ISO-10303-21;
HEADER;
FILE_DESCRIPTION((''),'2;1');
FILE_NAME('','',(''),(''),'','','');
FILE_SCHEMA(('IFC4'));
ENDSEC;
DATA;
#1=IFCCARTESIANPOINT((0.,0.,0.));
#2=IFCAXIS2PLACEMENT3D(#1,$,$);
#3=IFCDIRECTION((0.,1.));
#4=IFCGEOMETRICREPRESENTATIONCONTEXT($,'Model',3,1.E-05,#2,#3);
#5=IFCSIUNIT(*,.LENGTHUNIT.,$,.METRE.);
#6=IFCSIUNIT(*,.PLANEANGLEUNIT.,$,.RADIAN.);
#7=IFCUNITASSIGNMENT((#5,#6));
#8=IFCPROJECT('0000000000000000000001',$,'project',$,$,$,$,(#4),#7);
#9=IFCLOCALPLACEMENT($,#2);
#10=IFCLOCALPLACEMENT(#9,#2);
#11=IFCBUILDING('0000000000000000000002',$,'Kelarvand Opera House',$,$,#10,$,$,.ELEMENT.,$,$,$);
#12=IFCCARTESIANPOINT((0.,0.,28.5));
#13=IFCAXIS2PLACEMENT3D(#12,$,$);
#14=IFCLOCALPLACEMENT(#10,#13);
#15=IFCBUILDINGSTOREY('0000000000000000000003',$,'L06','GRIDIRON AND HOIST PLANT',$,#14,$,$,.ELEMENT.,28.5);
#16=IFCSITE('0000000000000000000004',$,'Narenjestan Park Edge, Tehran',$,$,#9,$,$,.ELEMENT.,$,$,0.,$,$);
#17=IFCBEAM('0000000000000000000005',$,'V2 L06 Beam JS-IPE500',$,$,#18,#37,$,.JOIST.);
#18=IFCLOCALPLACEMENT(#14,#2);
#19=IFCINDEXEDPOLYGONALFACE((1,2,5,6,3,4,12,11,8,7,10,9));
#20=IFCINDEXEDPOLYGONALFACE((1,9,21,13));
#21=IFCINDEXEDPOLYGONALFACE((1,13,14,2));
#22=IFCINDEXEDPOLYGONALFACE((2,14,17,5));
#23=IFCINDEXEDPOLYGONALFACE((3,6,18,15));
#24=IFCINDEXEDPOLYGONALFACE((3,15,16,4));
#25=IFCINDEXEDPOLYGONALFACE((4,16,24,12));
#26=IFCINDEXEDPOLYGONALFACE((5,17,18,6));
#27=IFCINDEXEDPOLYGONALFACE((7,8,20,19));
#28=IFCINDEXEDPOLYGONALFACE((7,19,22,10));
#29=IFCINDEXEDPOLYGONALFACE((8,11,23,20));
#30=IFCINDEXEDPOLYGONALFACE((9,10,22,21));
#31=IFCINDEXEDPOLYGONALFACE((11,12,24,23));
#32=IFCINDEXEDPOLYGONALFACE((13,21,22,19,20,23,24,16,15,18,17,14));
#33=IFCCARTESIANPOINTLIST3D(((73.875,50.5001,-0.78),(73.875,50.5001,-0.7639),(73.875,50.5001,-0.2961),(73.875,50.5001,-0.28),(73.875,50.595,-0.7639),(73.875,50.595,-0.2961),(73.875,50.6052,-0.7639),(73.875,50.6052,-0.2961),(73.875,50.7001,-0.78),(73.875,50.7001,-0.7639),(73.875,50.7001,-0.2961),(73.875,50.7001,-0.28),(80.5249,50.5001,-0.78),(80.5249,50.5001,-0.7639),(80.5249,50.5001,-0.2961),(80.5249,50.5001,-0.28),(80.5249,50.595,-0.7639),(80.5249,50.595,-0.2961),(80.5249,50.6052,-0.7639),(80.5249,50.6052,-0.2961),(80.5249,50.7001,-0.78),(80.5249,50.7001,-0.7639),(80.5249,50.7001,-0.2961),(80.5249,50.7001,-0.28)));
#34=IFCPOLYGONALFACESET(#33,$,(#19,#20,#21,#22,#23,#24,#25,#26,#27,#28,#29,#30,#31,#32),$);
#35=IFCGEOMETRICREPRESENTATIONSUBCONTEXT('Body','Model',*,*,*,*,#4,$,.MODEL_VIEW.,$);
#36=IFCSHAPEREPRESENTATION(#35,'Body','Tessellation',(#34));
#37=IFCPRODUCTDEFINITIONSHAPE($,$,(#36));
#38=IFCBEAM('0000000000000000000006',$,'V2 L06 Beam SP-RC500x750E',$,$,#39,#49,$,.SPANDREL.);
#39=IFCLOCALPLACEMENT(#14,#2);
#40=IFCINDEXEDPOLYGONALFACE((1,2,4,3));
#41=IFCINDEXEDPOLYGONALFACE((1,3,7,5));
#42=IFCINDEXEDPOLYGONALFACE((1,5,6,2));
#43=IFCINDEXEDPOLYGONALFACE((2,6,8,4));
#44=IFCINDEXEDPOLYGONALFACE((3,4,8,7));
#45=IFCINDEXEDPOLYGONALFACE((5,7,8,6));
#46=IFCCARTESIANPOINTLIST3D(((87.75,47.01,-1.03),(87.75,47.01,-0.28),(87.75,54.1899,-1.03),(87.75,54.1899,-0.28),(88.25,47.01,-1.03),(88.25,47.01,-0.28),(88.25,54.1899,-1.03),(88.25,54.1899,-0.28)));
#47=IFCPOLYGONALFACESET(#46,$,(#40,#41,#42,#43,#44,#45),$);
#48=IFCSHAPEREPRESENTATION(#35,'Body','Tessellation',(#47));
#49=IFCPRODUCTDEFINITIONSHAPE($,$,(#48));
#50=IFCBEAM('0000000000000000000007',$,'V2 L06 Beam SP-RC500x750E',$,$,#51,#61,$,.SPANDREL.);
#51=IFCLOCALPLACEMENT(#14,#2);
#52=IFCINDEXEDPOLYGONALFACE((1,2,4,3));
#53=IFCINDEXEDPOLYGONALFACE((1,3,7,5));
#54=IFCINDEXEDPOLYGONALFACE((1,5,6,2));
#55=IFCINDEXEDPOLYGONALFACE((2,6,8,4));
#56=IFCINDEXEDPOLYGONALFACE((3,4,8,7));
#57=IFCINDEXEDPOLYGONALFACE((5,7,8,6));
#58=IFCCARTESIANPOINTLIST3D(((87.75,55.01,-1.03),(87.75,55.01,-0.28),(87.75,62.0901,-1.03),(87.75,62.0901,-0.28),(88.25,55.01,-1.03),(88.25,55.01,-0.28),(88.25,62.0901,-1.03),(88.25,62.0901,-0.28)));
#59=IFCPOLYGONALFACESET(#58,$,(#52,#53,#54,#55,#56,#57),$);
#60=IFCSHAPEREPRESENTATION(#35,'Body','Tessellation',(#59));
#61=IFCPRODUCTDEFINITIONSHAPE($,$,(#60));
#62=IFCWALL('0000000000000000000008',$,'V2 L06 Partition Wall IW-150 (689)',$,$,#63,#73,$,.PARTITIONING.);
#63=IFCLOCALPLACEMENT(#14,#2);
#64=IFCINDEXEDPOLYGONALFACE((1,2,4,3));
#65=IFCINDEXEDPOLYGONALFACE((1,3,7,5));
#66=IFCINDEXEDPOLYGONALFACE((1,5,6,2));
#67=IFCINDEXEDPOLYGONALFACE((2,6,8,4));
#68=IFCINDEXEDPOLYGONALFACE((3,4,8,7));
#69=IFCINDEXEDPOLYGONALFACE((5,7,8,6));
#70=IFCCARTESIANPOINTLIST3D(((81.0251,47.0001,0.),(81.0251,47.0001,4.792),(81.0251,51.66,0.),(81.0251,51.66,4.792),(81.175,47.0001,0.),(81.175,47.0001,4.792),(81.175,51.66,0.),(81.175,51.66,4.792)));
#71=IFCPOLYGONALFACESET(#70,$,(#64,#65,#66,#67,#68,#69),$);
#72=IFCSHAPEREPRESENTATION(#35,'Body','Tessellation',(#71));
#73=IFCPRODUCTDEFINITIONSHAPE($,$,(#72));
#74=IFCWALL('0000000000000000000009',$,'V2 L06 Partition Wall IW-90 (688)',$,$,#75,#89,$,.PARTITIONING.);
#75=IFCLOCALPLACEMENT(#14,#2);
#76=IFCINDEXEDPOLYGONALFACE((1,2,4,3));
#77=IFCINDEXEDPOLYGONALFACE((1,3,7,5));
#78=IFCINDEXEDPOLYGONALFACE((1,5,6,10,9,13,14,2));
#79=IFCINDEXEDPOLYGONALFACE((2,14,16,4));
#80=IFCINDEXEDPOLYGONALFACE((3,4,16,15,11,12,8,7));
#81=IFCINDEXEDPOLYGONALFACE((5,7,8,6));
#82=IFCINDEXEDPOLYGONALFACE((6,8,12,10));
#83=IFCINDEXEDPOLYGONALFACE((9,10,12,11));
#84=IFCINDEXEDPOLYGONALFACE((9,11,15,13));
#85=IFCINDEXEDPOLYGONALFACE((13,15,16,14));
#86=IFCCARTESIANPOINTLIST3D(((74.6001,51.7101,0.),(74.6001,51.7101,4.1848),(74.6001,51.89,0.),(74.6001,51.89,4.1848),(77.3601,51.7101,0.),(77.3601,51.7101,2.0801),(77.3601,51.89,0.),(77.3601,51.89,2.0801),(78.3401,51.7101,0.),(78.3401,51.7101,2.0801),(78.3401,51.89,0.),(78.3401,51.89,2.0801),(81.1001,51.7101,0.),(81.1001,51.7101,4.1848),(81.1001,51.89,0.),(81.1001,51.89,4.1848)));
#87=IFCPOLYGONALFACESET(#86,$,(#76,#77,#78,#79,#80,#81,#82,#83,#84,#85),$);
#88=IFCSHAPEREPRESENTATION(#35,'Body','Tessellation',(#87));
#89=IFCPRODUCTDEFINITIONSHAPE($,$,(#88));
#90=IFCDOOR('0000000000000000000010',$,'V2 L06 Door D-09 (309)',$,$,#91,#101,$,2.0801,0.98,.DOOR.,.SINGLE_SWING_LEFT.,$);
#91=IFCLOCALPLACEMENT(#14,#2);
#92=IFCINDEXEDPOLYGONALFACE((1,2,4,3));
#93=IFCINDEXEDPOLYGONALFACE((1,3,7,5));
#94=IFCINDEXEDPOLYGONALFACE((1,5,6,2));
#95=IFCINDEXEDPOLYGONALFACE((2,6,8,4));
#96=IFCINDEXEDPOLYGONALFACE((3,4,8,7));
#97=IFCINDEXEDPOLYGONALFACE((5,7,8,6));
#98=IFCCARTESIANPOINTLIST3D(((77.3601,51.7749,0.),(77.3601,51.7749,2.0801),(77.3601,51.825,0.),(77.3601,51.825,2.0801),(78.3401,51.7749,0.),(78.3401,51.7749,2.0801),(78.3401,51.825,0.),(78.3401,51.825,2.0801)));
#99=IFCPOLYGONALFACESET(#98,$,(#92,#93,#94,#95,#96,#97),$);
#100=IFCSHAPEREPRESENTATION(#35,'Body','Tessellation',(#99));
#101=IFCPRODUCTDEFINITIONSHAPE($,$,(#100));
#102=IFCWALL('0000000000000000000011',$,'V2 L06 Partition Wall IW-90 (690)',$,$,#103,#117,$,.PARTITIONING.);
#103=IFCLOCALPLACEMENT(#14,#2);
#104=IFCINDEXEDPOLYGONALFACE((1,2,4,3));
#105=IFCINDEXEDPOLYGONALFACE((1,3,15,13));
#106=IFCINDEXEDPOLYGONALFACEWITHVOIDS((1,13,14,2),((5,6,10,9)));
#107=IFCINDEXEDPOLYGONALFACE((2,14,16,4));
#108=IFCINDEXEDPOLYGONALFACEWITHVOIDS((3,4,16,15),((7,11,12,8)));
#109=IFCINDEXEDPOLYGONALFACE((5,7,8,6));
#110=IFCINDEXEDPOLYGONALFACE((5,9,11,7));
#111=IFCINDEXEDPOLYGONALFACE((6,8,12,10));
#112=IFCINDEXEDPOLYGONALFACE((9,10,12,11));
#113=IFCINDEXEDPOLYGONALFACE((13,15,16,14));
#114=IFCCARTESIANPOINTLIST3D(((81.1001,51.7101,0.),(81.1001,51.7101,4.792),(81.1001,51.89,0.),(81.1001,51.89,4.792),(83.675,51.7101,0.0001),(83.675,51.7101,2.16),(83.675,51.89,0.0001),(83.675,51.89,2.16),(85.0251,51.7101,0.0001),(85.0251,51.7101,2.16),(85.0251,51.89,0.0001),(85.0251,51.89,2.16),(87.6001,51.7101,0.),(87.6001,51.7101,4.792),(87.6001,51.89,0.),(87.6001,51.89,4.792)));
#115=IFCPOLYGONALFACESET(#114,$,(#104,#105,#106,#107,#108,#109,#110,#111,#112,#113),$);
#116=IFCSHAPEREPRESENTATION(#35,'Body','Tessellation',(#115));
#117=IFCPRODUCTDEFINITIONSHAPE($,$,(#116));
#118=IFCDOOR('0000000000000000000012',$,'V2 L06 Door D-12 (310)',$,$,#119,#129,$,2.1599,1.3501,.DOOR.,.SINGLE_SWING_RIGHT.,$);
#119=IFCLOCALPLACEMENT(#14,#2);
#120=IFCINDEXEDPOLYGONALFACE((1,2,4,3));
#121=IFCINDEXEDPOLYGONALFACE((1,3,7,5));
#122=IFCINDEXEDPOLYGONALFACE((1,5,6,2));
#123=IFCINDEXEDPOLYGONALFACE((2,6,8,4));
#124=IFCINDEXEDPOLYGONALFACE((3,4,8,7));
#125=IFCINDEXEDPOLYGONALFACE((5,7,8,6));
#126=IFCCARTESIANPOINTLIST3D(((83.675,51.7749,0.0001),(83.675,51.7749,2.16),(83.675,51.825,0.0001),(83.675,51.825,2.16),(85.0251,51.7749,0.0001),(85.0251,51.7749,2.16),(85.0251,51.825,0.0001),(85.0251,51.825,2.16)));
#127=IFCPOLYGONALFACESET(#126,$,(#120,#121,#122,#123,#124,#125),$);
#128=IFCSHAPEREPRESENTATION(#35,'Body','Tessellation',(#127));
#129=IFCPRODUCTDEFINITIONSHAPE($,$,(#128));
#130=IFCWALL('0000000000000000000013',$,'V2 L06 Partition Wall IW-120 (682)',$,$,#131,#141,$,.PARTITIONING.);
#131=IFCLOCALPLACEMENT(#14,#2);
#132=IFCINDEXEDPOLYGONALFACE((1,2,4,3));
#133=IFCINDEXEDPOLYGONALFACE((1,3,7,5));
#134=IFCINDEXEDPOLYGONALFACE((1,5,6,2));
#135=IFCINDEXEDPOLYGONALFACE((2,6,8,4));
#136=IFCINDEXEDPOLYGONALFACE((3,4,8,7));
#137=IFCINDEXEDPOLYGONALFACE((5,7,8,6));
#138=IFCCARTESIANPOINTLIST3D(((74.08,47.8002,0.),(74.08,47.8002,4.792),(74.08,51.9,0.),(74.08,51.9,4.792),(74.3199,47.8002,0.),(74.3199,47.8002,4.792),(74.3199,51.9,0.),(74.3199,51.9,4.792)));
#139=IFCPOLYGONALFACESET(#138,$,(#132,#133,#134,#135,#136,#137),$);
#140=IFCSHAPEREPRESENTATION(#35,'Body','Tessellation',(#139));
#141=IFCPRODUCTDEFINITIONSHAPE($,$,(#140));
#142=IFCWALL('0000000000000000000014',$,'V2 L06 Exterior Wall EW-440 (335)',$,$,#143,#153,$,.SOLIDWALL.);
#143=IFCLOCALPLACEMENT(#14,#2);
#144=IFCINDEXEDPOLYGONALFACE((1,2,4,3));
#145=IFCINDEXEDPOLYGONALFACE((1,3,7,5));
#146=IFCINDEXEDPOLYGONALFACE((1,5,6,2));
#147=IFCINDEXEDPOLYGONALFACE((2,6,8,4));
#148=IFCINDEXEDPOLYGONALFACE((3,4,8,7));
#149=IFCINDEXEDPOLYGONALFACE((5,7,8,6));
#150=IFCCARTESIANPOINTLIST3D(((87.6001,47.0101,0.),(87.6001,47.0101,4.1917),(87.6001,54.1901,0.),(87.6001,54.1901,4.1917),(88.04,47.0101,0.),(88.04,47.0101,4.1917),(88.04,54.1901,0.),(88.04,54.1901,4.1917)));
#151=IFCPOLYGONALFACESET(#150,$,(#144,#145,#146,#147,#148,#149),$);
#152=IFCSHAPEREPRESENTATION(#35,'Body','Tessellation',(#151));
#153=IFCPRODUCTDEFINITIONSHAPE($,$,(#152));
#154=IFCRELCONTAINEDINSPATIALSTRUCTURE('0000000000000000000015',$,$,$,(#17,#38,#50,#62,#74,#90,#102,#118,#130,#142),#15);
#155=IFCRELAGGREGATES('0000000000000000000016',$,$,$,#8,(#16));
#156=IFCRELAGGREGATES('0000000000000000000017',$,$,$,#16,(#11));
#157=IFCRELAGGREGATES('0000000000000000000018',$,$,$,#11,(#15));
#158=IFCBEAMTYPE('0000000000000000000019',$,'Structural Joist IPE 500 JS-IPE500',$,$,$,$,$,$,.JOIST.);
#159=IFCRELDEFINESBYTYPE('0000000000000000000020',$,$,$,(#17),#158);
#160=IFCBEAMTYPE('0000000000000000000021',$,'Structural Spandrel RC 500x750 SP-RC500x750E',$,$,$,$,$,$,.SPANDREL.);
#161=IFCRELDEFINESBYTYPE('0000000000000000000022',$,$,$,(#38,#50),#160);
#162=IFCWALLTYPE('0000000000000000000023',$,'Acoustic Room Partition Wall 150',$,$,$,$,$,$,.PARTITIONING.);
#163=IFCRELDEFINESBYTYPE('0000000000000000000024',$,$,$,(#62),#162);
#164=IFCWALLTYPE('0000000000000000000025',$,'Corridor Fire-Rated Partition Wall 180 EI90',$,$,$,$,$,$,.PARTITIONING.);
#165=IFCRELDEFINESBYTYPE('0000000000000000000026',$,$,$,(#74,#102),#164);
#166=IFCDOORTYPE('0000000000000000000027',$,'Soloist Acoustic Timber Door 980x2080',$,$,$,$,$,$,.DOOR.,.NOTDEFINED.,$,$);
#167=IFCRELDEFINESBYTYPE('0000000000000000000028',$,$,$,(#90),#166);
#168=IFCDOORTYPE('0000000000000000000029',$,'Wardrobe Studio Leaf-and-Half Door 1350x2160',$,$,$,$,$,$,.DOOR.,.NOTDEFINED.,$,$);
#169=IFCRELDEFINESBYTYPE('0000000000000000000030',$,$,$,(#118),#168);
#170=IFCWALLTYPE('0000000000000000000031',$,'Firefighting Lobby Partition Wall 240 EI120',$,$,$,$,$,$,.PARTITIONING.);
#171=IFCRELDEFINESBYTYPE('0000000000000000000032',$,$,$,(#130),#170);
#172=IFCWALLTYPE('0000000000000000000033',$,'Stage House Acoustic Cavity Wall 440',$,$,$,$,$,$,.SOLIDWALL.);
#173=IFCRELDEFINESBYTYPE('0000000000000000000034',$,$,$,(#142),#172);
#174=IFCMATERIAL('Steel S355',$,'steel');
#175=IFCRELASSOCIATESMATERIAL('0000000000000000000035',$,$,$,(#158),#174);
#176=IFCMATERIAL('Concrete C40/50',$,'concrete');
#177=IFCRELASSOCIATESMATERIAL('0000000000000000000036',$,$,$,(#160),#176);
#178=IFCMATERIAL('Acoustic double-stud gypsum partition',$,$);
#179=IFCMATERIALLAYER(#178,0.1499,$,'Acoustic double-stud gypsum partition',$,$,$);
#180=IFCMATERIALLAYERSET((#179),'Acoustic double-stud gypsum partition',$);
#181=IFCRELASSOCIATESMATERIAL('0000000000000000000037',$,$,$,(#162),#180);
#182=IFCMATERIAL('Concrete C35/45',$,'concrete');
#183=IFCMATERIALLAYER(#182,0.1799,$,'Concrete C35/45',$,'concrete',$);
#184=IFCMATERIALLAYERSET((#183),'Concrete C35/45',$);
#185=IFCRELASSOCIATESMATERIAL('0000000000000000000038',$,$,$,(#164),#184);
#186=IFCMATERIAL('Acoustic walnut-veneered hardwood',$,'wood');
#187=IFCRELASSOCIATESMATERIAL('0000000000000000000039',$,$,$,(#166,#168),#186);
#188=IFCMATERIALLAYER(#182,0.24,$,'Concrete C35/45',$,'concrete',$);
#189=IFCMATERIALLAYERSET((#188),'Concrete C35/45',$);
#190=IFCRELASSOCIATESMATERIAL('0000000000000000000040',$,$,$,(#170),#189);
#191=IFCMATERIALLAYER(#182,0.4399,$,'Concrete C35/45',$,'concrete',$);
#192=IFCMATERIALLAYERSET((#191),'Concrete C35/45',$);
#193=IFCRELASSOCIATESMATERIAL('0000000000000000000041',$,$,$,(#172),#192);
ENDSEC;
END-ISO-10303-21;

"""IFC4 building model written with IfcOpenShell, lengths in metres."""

from ifc_helpers import new_model, si_unit, direction, frame, frame_2d, origin, origin_2d, place, context, subcontext, project, spatial, rectangle, i_section, extrude, material, layer, layer_set, material_profile, profile_set, type_object, element, fill, save


model = new_model("IFC4")

# Units and contexts
model_context = context("Model", 3, precision=1e-05, world=origin(), true_north=direction((0.0, 1.0)))
body_context = subcontext(model_context, "Body", "Model", "MODEL_VIEW")
ifc_project = project(units=[si_unit("LENGTHUNIT", "METRE"), si_unit("PLANEANGLEUNIT", "RADIAN")], contexts=[model_context])

# Site, building, storey
site_placement = place(None, origin())
site = spatial("IfcSite", under=ifc_project, at=site_placement, Name="Narenjestan Park Edge, Tehran", CompositionType="ELEMENT", RefElevation=0.0)
building_placement = place(site_placement, origin())
building = spatial("IfcBuilding", under=site, at=building_placement, Name="Kelarvand Opera House", CompositionType="ELEMENT")
storey_placement = place(building_placement, frame((0.0, 0.0, 28.5)))
storey = spatial("IfcBuildingStorey", under=building, at=storey_placement, Name="L06", Description="GRIDIRON AND HOIST PLANT", CompositionType="ELEMENT", Elevation=28.5)

# Shared definitions
ifc_material_1 = material(Name="Concrete C40/50", Category="concrete")

# Beams
ifc_material_2 = material(Name="Steel S355", Category="steel")
ifc_material_profile_1 = material_profile(ifc_material_2, i_section(OverallWidth=0.2, OverallDepth=0.5, WebThickness=0.0103, FlangeThickness=0.0161, at=origin_2d()), Name="IPE 500", Category="steel")
ifc_profile_set_1 = profile_set([ifc_material_profile_1], Name="Steel S355")
beam_type_1 = type_object("IfcBeamType", Name="Structural Joist IPE 500 JS-IPE500", PredefinedType="JOIST", material=ifc_profile_set_1)
beam_1_placement = place(storey_placement, frame((73.875, 50.6001, -0.53), z_axis=(1.0, 0.0, 0.0), x_axis=(0.0, 1.0, 0.0)))
element("IfcBeam", 1, at=beam_1_placement, inside=storey, type_object=beam_type_1, Name="V2 L06 Beam JS-IPE500", PredefinedType="JOIST", context=body_context, shape_type="SweptSolid", body=[
    extrude(i_section(OverallWidth=0.2, OverallDepth=0.5, WebThickness=0.0103, FlangeThickness=0.0161, at=origin_2d()), origin(), (0.0, 0.0, 1.0), 6.6499),
])
ifc_material_profile_2 = material_profile(ifc_material_1, rectangle(XDim=0.5, YDim=0.75, at=origin_2d()), Name="RC 500x750", Category="concrete")
ifc_profile_set_2 = profile_set([ifc_material_profile_2], Name="Concrete C40/50")
beam_type_2 = type_object("IfcBeamType", Name="Structural Spandrel RC 500x750 SP-RC500x750E", PredefinedType="SPANDREL", material=ifc_profile_set_2)
beam_2_placement = place(storey_placement, frame((88.0, 47.01, -0.655), z_axis=(0.0, 1.0, 0.0), x_axis=(-1.0, 0.0, 0.0)))
element("IfcBeam", 2, at=beam_2_placement, inside=storey, type_object=beam_type_2, Name="V2 L06 Beam SP-RC500x750E", PredefinedType="SPANDREL", context=body_context, shape_type="SweptSolid", body=[
    extrude(rectangle(XDim=0.5, YDim=0.75, at=origin_2d()), origin(), (0.0, 0.0, 1.0), 7.1799),
])
beam_3_placement = place(storey_placement, frame((88.0, 55.01, -0.655), z_axis=(0.0, 1.0, 0.0), x_axis=(-1.0, 0.0, 0.0)))
element("IfcBeam", 3, at=beam_3_placement, inside=storey, type_object=beam_type_2, Name="V2 L06 Beam SP-RC500x750E", PredefinedType="SPANDREL", context=body_context, shape_type="SweptSolid", body=[
    extrude(rectangle(XDim=0.5, YDim=0.75, at=origin_2d()), origin(), (0.0, 0.0, 1.0), 7.0801),
])

# Wall
ifc_material_3 = material(Name="Acoustic double-stud gypsum partition")
ifc_layer_1 = layer(ifc_material_3, 0.1499, Name="Acoustic double-stud gypsum partition")
ifc_layer_set_1 = layer_set([ifc_layer_1], Name="Acoustic double-stud gypsum partition")
wall_type_1 = type_object("IfcWallType", Name="Acoustic Room Partition Wall 150", PredefinedType="PARTITIONING", material=ifc_layer_set_1)
wall_1_placement = place(storey_placement, frame((81.1001, 47.0, 0.0), z_axis=(0.0, 0.0, 1.0), x_axis=(0.0, 1.0, 0.0)))
element("IfcWall", 4, at=wall_1_placement, inside=storey, type_object=wall_type_1, Name="V2 L06 Partition Wall IW-150 (689)", PredefinedType="PARTITIONING", context=body_context, shape_type="SweptSolid", body=[
    extrude(rectangle(XDim=4.6599, YDim=0.1499, at=frame_2d((2.3301, 0.0))), origin(), (0.0, 0.0, 1.0), 4.792),
])

# Walls, openings, doors
ifc_material_4 = material(Name="Concrete C35/45", Category="concrete")
ifc_layer_2 = layer(ifc_material_4, 0.1799, Name="Concrete C35/45", Category="concrete")
ifc_layer_set_2 = layer_set([ifc_layer_2], Name="Concrete C35/45")
wall_type_2 = type_object("IfcWallType", Name="Corridor Fire-Rated Partition Wall 180 EI90", PredefinedType="PARTITIONING", material=ifc_layer_set_2)
wall_2_placement = place(storey_placement, frame((74.6001, 51.8, 0.0), z_axis=(0.0, 0.0, 1.0), x_axis=(1.0, 0.0, 0.0)))
wall_2 = element("IfcWall", 5, at=wall_2_placement, inside=storey, type_object=wall_type_2, Name="V2 L06 Partition Wall IW-90 (688)", PredefinedType="PARTITIONING", context=body_context, shape_type="SweptSolid", body=[
    extrude(rectangle(XDim=6.5, YDim=0.1799, at=frame_2d((3.25, 0.0))), origin(), (0.0, 0.0, 1.0), 4.1848),
])
opening_1_placement = place(wall_2_placement, frame((2.76, 0.0, 0.0)))
opening_1 = element("IfcOpeningElement", 6, at=opening_1_placement, cuts=wall_2, PredefinedType="OPENING", context=body_context, shape_type="SweptSolid", body=[
    extrude(rectangle(XDim=0.98, YDim=2.0801, at=frame_2d((0.49, 1.04))), frame((0.0, 0.1001, 0.0), z_axis=(0.0, -1.0, 0.0), x_axis=(1.0, 0.0, 0.0)), (0.0, 0.0, 1.0), 0.2),
])
ifc_material_5 = material(Name="Acoustic walnut-veneered hardwood", Category="wood")
door_type_1 = type_object("IfcDoorType", Name="Soloist Acoustic Timber Door 980x2080", OperationType="NOTDEFINED", PredefinedType="DOOR", material=ifc_material_5)
door_1_placement = place(opening_1_placement, origin())
door_1 = element("IfcDoor", 7, at=door_1_placement, inside=storey, type_object=door_type_1, Name="V2 L06 Door D-09 (309)", OperationType="SINGLE_SWING_LEFT", OverallHeight=2.0801, OverallWidth=0.98, PredefinedType="DOOR", context=body_context, shape_type="SweptSolid", body=[
    extrude(rectangle(XDim=0.98, YDim=2.0801, at=frame_2d((0.49, 1.04))), frame((0.0, 0.0249, 0.0), z_axis=(0.0, -1.0, 0.0), x_axis=(1.0, 0.0, 0.0)), (0.0, 0.0, 1.0), 0.05),
])
fill(opening_1, door_1)
wall_3_placement = place(storey_placement, frame((81.1001, 51.8, 0.0), z_axis=(0.0, 0.0, 1.0), x_axis=(1.0, 0.0, 0.0)))
wall_3 = element("IfcWall", 8, at=wall_3_placement, inside=storey, type_object=wall_type_2, Name="V2 L06 Partition Wall IW-90 (690)", PredefinedType="PARTITIONING", context=body_context, shape_type="SweptSolid", body=[
    extrude(rectangle(XDim=6.5, YDim=0.1799, at=frame_2d((3.25, 0.0))), origin(), (0.0, 0.0, 1.0), 4.792),
])
opening_2_placement = place(wall_3_placement, frame((2.575, 0.0, 0.0)))
opening_2 = element("IfcOpeningElement", 9, at=opening_2_placement, cuts=wall_3, PredefinedType="OPENING", context=body_context, shape_type="SweptSolid", body=[
    extrude(rectangle(XDim=1.3501, YDim=2.1599, at=frame_2d((0.675, 1.0801))), frame((0.0, 0.1001, 0.0), z_axis=(0.0, -1.0, 0.0), x_axis=(1.0, 0.0, 0.0)), (0.0, 0.0, 1.0), 0.2),
])
door_type_2 = type_object("IfcDoorType", Name="Wardrobe Studio Leaf-and-Half Door 1350x2160", OperationType="NOTDEFINED", PredefinedType="DOOR", material=ifc_material_5)
door_2_placement = place(opening_2_placement, origin())
door_2 = element("IfcDoor", 10, at=door_2_placement, inside=storey, type_object=door_type_2, Name="V2 L06 Door D-12 (310)", OperationType="SINGLE_SWING_RIGHT", OverallHeight=2.1599, OverallWidth=1.3501, PredefinedType="DOOR", context=body_context, shape_type="SweptSolid", body=[
    extrude(rectangle(XDim=1.3501, YDim=2.1599, at=frame_2d((0.675, 1.0801))), frame((0.0, 0.0249, 0.0), z_axis=(0.0, -1.0, 0.0), x_axis=(1.0, 0.0, 0.0)), (0.0, 0.0, 1.0), 0.05),
])
fill(opening_2, door_2)

# Walls
ifc_layer_3 = layer(ifc_material_4, 0.24, Name="Concrete C35/45", Category="concrete")
ifc_layer_set_3 = layer_set([ifc_layer_3], Name="Concrete C35/45")
wall_type_3 = type_object("IfcWallType", Name="Firefighting Lobby Partition Wall 240 EI120", PredefinedType="PARTITIONING", material=ifc_layer_set_3)
wall_4_placement = place(storey_placement, frame((74.2, 51.8999, 0.0), z_axis=(0.0, 0.0, 1.0), x_axis=(0.0, -1.0, 0.0)))
element("IfcWall", 11, at=wall_4_placement, inside=storey, type_object=wall_type_3, Name="V2 L06 Partition Wall IW-120 (682)", PredefinedType="PARTITIONING", context=body_context, shape_type="SweptSolid", body=[
    extrude(rectangle(XDim=4.0999, YDim=0.24, at=frame_2d((2.0498, 0.0))), origin(), (0.0, 0.0, 1.0), 4.792),
])
ifc_layer_4 = layer(ifc_material_4, 0.4399, Name="Concrete C35/45", Category="concrete")
ifc_layer_set_4 = layer_set([ifc_layer_4], Name="Concrete C35/45")
wall_type_4 = type_object("IfcWallType", Name="Stage House Acoustic Cavity Wall 440", PredefinedType="SOLIDWALL", material=ifc_layer_set_4)
wall_5_placement = place(storey_placement, frame((87.8201, 54.1899, 0.0), z_axis=(0.0, 0.0, 1.0), x_axis=(0.0, -1.0, 0.0)))
element("IfcWall", 12, at=wall_5_placement, inside=storey, type_object=wall_type_4, Name="V2 L06 Exterior Wall EW-440 (335)", PredefinedType="SOLIDWALL", context=body_context, shape_type="SweptSolid", body=[
    extrude(rectangle(XDim=7.1799, YDim=0.4399, at=frame_2d((3.5898, 0.0))), origin(), (0.0, 0.0, 1.0), 4.1917),
])

save(model, "model.ifc")
